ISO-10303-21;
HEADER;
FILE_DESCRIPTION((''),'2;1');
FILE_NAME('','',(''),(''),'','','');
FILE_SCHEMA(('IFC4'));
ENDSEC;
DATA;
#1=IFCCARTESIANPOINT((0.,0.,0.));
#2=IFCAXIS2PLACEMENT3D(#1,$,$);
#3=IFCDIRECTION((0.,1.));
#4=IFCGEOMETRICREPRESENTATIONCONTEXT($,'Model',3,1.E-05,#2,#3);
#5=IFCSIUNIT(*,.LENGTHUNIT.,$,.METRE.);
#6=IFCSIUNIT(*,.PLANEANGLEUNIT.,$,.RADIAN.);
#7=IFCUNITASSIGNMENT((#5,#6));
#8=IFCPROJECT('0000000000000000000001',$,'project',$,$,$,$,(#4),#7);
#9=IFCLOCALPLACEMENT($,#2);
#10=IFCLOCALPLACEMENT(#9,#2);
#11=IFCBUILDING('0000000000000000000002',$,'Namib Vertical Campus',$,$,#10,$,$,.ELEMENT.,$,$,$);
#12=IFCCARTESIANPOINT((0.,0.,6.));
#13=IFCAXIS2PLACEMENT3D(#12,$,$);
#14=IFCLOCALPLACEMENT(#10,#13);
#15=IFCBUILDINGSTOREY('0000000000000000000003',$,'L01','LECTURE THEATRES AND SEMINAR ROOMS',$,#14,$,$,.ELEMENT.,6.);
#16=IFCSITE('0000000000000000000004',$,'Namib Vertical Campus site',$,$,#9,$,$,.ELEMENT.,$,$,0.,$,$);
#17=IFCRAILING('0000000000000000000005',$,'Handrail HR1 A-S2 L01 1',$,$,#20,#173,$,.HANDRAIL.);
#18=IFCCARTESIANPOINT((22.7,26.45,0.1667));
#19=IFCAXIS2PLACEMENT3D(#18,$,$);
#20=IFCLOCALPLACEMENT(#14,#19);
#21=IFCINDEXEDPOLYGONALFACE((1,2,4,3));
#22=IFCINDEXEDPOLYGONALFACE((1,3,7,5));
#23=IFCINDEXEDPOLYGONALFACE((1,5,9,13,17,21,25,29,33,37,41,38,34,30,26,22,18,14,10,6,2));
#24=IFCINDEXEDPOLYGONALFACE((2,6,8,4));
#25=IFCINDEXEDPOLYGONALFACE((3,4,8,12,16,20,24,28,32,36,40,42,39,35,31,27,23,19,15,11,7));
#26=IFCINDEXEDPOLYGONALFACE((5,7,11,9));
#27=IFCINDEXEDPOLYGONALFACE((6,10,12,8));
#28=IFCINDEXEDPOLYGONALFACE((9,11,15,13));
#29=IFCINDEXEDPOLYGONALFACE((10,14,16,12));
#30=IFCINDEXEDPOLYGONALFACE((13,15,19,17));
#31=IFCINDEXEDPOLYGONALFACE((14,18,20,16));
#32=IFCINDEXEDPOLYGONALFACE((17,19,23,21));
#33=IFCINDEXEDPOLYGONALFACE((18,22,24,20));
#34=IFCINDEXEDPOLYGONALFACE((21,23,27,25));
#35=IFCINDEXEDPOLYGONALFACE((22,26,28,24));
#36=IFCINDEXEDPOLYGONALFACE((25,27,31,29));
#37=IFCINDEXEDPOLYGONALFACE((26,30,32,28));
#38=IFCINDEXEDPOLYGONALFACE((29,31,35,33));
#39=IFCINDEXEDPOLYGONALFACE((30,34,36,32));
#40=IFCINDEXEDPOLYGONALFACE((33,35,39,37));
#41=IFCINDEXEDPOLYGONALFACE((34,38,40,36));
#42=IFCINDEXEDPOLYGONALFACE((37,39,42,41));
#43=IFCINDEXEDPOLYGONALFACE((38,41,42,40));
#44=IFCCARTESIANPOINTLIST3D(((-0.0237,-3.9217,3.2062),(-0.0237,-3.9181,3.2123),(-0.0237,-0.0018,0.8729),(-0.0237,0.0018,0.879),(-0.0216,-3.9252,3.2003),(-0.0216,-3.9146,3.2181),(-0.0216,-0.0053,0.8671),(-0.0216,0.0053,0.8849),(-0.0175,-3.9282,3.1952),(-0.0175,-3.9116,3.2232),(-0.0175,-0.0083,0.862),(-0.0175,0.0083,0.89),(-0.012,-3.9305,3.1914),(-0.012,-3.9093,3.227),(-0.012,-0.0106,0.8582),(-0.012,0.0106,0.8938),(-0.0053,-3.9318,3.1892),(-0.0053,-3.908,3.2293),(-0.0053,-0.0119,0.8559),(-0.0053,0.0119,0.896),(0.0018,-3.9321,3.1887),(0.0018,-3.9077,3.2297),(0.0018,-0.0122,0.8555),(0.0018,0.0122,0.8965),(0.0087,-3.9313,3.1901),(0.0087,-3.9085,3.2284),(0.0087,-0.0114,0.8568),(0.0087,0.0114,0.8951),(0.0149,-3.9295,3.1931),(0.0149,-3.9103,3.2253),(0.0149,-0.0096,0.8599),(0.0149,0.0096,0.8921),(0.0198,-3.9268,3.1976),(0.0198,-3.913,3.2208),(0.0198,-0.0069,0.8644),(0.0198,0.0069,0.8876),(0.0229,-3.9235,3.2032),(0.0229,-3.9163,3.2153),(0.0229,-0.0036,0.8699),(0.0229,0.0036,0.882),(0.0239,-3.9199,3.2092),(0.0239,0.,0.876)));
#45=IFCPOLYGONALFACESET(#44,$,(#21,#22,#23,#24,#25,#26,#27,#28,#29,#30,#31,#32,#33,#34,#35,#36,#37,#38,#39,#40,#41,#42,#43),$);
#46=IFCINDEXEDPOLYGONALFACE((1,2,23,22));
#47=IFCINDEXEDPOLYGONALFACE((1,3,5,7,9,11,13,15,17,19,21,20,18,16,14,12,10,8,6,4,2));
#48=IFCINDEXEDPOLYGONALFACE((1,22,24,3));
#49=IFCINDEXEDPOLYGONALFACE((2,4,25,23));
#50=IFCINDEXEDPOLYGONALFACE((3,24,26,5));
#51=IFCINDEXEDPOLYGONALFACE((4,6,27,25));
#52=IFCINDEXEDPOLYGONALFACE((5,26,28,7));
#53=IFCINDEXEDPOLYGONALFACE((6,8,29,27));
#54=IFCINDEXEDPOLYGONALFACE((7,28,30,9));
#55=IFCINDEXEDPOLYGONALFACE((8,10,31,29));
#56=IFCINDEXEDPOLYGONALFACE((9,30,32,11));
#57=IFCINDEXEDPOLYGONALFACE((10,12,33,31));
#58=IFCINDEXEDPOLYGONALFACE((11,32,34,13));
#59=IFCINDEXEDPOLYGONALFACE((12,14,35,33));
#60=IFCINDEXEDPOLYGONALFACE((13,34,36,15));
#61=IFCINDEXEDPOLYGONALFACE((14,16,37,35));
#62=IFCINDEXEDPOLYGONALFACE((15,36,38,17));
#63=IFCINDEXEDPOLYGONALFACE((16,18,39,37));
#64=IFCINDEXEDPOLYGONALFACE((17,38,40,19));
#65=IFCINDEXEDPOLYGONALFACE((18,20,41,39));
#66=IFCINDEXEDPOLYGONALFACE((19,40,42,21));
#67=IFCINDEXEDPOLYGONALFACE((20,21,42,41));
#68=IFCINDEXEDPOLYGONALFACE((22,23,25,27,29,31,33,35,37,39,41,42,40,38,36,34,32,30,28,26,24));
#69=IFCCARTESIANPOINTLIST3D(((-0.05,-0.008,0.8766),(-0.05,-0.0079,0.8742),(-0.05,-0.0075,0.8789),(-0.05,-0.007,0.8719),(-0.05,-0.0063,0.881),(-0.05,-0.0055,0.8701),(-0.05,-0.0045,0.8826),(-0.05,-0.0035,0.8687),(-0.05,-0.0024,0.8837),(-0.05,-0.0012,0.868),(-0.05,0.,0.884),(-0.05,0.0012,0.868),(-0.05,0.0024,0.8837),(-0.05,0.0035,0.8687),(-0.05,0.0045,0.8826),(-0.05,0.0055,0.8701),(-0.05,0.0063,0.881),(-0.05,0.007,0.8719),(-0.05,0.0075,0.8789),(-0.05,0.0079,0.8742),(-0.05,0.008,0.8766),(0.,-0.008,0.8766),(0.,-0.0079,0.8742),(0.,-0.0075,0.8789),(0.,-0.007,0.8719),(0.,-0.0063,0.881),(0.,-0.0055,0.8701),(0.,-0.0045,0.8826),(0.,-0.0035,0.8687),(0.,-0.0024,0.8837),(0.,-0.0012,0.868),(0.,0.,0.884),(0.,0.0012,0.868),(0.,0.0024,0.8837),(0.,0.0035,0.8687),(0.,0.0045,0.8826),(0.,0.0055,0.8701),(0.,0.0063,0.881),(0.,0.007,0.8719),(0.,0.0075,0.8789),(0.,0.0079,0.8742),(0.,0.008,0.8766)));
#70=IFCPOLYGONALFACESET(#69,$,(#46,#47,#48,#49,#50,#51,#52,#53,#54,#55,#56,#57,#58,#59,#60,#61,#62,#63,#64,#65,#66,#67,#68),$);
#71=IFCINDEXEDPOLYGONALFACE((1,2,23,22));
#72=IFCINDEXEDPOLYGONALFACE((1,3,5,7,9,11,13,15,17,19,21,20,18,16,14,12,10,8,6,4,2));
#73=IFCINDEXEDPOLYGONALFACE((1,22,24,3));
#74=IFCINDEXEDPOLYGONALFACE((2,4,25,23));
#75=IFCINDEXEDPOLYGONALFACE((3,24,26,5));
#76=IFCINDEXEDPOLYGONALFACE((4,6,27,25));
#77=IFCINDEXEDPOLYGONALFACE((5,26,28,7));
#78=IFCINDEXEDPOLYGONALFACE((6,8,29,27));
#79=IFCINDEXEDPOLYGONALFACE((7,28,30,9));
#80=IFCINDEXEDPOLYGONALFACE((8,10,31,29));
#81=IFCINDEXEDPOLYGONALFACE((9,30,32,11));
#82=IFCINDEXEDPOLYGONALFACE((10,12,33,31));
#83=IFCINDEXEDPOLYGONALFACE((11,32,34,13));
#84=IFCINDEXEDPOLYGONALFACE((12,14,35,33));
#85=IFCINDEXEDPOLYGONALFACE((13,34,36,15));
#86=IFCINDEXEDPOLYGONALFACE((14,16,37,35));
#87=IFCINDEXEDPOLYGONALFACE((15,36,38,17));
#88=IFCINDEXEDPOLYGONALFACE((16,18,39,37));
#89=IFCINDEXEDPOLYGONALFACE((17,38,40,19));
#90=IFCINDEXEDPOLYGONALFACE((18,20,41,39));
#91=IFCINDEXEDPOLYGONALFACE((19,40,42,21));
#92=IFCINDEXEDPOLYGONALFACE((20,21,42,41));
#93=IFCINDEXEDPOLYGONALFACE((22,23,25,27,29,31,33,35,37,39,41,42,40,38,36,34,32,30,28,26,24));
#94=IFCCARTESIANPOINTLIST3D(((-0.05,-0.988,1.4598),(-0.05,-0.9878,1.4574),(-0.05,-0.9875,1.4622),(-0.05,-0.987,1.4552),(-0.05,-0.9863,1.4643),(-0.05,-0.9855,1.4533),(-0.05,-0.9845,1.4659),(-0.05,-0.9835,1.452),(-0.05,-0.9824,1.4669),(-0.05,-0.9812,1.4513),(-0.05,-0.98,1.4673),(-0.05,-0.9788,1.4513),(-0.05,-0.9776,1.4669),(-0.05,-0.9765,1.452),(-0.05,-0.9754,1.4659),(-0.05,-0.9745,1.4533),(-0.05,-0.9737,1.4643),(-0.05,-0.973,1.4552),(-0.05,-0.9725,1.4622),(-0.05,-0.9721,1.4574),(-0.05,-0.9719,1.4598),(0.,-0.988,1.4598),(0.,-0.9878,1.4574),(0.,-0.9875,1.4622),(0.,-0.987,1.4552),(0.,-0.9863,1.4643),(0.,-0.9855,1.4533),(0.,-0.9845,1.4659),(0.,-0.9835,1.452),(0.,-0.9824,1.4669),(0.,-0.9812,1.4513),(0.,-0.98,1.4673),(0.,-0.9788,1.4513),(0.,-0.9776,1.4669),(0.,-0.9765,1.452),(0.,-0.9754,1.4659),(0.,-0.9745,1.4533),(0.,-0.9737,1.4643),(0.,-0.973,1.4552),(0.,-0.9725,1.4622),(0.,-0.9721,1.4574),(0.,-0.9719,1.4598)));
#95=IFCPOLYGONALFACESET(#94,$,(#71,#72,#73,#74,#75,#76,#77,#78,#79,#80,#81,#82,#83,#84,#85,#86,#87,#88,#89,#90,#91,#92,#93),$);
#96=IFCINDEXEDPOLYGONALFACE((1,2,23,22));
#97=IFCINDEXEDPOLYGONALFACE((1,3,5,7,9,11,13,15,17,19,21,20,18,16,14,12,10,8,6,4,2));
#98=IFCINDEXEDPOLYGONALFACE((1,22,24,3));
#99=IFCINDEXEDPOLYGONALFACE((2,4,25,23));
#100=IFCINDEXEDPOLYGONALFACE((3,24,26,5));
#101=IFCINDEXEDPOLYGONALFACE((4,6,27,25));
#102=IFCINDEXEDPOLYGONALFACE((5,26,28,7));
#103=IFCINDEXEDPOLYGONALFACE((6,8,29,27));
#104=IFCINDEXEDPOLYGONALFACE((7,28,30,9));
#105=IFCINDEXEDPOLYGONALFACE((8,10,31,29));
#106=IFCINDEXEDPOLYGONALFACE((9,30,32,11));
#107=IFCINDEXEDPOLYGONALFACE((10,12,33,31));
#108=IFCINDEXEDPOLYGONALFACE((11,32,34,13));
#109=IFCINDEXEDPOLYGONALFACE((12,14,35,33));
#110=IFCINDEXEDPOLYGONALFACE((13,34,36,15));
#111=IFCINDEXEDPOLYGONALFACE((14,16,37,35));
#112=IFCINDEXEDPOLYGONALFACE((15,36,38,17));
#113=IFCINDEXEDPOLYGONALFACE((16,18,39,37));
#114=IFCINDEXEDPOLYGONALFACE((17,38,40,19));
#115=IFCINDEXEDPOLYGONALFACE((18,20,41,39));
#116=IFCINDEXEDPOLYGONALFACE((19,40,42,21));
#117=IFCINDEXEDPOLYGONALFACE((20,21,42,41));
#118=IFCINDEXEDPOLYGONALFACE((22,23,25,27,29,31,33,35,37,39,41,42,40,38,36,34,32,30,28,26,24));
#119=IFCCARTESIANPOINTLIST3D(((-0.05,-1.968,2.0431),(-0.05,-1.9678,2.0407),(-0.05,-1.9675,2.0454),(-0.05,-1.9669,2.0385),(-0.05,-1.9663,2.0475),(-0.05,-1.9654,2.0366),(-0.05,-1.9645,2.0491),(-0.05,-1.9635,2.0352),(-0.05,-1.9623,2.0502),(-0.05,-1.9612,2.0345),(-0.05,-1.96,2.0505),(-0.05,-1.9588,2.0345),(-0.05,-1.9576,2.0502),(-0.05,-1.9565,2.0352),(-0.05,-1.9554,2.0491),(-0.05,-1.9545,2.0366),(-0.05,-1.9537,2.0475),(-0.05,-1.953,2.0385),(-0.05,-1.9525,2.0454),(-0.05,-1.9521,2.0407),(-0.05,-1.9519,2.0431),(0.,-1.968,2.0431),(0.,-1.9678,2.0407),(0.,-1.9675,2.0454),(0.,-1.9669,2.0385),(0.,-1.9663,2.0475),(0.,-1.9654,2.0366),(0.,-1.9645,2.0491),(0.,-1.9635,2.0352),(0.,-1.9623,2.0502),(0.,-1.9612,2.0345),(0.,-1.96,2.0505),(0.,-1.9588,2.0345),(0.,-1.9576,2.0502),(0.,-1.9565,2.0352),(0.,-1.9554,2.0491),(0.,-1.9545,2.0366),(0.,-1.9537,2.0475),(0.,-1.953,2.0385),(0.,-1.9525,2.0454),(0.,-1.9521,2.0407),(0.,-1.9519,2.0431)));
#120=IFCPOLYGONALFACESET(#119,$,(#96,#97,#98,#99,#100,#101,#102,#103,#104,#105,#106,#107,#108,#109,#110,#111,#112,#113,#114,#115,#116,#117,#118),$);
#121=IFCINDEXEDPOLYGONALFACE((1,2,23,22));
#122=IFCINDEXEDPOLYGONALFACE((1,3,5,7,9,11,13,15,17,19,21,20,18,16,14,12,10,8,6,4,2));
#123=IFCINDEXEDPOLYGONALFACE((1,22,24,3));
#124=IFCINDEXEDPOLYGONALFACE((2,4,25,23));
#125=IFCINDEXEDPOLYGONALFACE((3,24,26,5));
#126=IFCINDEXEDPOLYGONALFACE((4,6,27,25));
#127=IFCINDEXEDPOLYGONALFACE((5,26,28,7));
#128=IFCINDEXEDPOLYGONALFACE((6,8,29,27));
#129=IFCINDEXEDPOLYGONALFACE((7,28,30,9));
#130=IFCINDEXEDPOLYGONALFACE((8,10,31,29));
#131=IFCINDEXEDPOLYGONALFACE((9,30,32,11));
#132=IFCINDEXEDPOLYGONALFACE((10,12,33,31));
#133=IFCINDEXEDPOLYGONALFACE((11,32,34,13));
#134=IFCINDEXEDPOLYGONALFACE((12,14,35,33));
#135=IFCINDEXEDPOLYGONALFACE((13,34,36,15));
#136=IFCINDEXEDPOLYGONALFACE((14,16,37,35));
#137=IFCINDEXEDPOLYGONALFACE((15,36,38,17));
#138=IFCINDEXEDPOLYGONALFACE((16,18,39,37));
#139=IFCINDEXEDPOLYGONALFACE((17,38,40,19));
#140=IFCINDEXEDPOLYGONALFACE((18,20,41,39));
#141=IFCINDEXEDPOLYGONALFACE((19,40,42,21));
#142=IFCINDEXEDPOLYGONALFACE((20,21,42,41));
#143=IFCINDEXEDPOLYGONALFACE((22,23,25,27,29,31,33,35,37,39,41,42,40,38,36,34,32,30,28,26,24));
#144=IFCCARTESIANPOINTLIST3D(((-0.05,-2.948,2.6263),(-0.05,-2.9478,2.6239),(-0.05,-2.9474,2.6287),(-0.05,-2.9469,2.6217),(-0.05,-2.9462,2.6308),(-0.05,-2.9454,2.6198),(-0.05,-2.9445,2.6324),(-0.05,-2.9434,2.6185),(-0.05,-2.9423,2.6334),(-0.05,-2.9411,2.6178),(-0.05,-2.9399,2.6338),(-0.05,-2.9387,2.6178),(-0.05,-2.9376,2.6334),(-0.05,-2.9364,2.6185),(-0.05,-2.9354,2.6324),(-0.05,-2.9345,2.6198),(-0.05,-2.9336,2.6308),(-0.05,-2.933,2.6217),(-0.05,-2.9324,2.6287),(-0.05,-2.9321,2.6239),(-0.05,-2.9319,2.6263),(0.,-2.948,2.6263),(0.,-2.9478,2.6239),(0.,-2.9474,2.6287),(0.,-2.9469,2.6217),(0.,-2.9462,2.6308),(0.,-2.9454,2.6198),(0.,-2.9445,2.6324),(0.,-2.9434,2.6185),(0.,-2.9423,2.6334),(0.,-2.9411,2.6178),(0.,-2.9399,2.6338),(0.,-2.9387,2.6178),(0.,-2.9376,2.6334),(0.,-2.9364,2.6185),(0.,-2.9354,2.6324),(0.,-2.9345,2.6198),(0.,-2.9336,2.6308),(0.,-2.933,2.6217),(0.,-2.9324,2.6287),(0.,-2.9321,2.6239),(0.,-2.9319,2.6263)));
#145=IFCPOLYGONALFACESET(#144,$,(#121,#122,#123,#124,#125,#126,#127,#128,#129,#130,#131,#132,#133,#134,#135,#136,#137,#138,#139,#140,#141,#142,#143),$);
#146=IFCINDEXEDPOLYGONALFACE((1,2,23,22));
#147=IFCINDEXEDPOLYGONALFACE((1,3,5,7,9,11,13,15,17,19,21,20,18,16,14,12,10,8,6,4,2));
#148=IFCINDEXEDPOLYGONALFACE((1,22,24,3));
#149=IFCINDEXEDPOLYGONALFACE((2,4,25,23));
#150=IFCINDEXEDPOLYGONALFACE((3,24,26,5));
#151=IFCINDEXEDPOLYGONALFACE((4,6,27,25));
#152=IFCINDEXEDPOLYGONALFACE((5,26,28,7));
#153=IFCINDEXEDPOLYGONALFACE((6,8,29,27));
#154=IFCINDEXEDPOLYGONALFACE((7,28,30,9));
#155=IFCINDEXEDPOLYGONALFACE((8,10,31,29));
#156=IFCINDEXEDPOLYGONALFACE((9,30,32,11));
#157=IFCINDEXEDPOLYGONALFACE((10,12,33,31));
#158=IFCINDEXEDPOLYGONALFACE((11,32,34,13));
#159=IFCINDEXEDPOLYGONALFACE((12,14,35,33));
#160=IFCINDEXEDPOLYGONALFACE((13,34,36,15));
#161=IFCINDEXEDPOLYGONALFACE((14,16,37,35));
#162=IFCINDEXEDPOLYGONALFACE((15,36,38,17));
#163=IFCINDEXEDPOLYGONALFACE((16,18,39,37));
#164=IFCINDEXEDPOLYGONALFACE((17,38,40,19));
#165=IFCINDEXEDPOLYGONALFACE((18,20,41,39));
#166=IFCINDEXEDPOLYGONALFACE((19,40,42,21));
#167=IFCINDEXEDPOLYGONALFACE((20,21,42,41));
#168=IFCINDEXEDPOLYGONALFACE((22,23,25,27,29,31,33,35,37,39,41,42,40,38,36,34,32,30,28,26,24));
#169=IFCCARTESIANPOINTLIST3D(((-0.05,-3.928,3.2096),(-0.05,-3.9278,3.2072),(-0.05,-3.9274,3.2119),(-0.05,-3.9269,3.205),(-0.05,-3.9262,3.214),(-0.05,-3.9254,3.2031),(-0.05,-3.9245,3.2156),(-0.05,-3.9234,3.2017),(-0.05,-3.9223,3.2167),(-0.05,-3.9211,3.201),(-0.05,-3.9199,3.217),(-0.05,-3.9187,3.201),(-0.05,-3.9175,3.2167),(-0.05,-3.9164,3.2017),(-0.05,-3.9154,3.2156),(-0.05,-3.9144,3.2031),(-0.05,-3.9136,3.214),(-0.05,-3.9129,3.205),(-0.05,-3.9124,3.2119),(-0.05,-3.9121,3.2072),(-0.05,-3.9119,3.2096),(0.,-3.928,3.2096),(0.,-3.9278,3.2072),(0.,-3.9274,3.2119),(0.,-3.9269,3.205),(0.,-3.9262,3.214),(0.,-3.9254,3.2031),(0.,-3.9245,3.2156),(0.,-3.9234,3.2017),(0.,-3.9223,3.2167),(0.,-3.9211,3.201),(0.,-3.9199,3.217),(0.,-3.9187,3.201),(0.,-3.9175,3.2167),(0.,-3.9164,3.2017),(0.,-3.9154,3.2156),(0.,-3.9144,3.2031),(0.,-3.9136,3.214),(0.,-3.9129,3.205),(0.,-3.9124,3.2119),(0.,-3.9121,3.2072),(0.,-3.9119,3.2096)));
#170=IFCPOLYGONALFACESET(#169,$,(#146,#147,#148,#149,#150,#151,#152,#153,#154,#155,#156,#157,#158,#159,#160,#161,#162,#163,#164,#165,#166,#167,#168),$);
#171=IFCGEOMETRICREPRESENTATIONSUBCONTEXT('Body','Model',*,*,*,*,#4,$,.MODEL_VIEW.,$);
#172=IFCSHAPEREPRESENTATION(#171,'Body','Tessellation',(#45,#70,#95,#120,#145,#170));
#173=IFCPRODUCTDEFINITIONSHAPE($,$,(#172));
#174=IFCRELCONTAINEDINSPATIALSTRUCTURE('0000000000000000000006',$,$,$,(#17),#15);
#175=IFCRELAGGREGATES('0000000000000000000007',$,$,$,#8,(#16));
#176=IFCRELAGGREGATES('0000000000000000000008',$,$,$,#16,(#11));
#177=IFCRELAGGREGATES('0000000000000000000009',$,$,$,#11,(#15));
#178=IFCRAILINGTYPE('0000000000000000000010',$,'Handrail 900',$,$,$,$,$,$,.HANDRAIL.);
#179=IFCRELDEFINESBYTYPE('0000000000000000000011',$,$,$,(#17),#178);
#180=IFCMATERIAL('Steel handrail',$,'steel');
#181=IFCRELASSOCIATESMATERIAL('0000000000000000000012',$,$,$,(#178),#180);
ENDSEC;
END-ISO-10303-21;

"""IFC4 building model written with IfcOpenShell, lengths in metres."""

from ifc_helpers import new_model, si_unit, direction, frame, origin, origin_2d, place, context, subcontext, project, spatial, circle, extrude, material, type_object, element, save


model = new_model("IFC4")

# Units and contexts
model_context = context("Model", 3, precision=1e-05, world=origin(), true_north=direction((0.0, 1.0)))
body_context = subcontext(model_context, "Body", "Model", "MODEL_VIEW")
ifc_project = project(units=[si_unit("LENGTHUNIT", "METRE"), si_unit("PLANEANGLEUNIT", "RADIAN")], contexts=[model_context])

# Site, building, storey
site_placement = place(None, origin())
site = spatial("IfcSite", under=ifc_project, at=site_placement, Name="Namib Vertical Campus site", CompositionType="ELEMENT", RefElevation=0.0)
building_placement = place(site_placement, origin())
building = spatial("IfcBuilding", under=site, at=building_placement, Name="Namib Vertical Campus", CompositionType="ELEMENT")
storey_placement = place(building_placement, frame((0.0, 0.0, 6.0)))
storey = spatial("IfcBuildingStorey", under=building, at=storey_placement, Name="L01", Description="LECTURE THEATRES AND SEMINAR ROOMS", CompositionType="ELEMENT", Elevation=6.0)

# Railing
ifc_material_1 = material(Name="Steel handrail", Category="steel")
railing_type_1 = type_object("IfcRailingType", Name="Handrail 900", PredefinedType="HANDRAIL", material=ifc_material_1)
railing_1_placement = place(storey_placement, frame((22.7, 26.45, 0.1667)))
element("IfcRailing", 1, at=railing_1_placement, inside=storey, type_object=railing_type_1, Name="Handrail HR1 A-S2 L01 1", PredefinedType="HANDRAIL", context=body_context, shape_type="SweptSolid", body=[
    extrude(circle(Radius=0.0239, at=origin_2d()), frame((0.0, 0.0, 0.876), z_axis=(0.0, -0.859296, 0.511478), x_axis=(1.0, 0.0, 0.0)), (0.0, 0.0, 1.0), 4.5618),
    extrude(circle(Radius=0.0081, at=origin_2d()), frame((0.0, 0.0, 0.876), z_axis=(-1.0, 0.0, 0.0), x_axis=(0.0, 0.0, 1.0)), (0.0, 0.0, 1.0), 0.05),
    extrude(circle(Radius=0.0081, at=origin_2d()), frame((0.0, -0.98, 1.4592), z_axis=(-1.0, 0.0, 0.0), x_axis=(0.0, 0.0, 1.0)), (0.0, 0.0, 1.0), 0.05),
    extrude(circle(Radius=0.0081, at=origin_2d()), frame((0.0, -1.96, 2.0425), z_axis=(-1.0, 0.0, 0.0), x_axis=(0.0, 0.0, 1.0)), (0.0, 0.0, 1.0), 0.05),
    extrude(circle(Radius=0.0081, at=origin_2d()), frame((0.0, -2.9399, 2.6257), z_axis=(-1.0, 0.0, 0.0), x_axis=(0.0, 0.0, 1.0)), (0.0, 0.0, 1.0), 0.05),
    extrude(circle(Radius=0.0081, at=origin_2d()), frame((0.0, -3.9199, 3.209), z_axis=(-1.0, 0.0, 0.0), x_axis=(0.0, 0.0, 1.0)), (0.0, 0.0, 1.0), 0.05),
])

save(model, "model.ifc")
